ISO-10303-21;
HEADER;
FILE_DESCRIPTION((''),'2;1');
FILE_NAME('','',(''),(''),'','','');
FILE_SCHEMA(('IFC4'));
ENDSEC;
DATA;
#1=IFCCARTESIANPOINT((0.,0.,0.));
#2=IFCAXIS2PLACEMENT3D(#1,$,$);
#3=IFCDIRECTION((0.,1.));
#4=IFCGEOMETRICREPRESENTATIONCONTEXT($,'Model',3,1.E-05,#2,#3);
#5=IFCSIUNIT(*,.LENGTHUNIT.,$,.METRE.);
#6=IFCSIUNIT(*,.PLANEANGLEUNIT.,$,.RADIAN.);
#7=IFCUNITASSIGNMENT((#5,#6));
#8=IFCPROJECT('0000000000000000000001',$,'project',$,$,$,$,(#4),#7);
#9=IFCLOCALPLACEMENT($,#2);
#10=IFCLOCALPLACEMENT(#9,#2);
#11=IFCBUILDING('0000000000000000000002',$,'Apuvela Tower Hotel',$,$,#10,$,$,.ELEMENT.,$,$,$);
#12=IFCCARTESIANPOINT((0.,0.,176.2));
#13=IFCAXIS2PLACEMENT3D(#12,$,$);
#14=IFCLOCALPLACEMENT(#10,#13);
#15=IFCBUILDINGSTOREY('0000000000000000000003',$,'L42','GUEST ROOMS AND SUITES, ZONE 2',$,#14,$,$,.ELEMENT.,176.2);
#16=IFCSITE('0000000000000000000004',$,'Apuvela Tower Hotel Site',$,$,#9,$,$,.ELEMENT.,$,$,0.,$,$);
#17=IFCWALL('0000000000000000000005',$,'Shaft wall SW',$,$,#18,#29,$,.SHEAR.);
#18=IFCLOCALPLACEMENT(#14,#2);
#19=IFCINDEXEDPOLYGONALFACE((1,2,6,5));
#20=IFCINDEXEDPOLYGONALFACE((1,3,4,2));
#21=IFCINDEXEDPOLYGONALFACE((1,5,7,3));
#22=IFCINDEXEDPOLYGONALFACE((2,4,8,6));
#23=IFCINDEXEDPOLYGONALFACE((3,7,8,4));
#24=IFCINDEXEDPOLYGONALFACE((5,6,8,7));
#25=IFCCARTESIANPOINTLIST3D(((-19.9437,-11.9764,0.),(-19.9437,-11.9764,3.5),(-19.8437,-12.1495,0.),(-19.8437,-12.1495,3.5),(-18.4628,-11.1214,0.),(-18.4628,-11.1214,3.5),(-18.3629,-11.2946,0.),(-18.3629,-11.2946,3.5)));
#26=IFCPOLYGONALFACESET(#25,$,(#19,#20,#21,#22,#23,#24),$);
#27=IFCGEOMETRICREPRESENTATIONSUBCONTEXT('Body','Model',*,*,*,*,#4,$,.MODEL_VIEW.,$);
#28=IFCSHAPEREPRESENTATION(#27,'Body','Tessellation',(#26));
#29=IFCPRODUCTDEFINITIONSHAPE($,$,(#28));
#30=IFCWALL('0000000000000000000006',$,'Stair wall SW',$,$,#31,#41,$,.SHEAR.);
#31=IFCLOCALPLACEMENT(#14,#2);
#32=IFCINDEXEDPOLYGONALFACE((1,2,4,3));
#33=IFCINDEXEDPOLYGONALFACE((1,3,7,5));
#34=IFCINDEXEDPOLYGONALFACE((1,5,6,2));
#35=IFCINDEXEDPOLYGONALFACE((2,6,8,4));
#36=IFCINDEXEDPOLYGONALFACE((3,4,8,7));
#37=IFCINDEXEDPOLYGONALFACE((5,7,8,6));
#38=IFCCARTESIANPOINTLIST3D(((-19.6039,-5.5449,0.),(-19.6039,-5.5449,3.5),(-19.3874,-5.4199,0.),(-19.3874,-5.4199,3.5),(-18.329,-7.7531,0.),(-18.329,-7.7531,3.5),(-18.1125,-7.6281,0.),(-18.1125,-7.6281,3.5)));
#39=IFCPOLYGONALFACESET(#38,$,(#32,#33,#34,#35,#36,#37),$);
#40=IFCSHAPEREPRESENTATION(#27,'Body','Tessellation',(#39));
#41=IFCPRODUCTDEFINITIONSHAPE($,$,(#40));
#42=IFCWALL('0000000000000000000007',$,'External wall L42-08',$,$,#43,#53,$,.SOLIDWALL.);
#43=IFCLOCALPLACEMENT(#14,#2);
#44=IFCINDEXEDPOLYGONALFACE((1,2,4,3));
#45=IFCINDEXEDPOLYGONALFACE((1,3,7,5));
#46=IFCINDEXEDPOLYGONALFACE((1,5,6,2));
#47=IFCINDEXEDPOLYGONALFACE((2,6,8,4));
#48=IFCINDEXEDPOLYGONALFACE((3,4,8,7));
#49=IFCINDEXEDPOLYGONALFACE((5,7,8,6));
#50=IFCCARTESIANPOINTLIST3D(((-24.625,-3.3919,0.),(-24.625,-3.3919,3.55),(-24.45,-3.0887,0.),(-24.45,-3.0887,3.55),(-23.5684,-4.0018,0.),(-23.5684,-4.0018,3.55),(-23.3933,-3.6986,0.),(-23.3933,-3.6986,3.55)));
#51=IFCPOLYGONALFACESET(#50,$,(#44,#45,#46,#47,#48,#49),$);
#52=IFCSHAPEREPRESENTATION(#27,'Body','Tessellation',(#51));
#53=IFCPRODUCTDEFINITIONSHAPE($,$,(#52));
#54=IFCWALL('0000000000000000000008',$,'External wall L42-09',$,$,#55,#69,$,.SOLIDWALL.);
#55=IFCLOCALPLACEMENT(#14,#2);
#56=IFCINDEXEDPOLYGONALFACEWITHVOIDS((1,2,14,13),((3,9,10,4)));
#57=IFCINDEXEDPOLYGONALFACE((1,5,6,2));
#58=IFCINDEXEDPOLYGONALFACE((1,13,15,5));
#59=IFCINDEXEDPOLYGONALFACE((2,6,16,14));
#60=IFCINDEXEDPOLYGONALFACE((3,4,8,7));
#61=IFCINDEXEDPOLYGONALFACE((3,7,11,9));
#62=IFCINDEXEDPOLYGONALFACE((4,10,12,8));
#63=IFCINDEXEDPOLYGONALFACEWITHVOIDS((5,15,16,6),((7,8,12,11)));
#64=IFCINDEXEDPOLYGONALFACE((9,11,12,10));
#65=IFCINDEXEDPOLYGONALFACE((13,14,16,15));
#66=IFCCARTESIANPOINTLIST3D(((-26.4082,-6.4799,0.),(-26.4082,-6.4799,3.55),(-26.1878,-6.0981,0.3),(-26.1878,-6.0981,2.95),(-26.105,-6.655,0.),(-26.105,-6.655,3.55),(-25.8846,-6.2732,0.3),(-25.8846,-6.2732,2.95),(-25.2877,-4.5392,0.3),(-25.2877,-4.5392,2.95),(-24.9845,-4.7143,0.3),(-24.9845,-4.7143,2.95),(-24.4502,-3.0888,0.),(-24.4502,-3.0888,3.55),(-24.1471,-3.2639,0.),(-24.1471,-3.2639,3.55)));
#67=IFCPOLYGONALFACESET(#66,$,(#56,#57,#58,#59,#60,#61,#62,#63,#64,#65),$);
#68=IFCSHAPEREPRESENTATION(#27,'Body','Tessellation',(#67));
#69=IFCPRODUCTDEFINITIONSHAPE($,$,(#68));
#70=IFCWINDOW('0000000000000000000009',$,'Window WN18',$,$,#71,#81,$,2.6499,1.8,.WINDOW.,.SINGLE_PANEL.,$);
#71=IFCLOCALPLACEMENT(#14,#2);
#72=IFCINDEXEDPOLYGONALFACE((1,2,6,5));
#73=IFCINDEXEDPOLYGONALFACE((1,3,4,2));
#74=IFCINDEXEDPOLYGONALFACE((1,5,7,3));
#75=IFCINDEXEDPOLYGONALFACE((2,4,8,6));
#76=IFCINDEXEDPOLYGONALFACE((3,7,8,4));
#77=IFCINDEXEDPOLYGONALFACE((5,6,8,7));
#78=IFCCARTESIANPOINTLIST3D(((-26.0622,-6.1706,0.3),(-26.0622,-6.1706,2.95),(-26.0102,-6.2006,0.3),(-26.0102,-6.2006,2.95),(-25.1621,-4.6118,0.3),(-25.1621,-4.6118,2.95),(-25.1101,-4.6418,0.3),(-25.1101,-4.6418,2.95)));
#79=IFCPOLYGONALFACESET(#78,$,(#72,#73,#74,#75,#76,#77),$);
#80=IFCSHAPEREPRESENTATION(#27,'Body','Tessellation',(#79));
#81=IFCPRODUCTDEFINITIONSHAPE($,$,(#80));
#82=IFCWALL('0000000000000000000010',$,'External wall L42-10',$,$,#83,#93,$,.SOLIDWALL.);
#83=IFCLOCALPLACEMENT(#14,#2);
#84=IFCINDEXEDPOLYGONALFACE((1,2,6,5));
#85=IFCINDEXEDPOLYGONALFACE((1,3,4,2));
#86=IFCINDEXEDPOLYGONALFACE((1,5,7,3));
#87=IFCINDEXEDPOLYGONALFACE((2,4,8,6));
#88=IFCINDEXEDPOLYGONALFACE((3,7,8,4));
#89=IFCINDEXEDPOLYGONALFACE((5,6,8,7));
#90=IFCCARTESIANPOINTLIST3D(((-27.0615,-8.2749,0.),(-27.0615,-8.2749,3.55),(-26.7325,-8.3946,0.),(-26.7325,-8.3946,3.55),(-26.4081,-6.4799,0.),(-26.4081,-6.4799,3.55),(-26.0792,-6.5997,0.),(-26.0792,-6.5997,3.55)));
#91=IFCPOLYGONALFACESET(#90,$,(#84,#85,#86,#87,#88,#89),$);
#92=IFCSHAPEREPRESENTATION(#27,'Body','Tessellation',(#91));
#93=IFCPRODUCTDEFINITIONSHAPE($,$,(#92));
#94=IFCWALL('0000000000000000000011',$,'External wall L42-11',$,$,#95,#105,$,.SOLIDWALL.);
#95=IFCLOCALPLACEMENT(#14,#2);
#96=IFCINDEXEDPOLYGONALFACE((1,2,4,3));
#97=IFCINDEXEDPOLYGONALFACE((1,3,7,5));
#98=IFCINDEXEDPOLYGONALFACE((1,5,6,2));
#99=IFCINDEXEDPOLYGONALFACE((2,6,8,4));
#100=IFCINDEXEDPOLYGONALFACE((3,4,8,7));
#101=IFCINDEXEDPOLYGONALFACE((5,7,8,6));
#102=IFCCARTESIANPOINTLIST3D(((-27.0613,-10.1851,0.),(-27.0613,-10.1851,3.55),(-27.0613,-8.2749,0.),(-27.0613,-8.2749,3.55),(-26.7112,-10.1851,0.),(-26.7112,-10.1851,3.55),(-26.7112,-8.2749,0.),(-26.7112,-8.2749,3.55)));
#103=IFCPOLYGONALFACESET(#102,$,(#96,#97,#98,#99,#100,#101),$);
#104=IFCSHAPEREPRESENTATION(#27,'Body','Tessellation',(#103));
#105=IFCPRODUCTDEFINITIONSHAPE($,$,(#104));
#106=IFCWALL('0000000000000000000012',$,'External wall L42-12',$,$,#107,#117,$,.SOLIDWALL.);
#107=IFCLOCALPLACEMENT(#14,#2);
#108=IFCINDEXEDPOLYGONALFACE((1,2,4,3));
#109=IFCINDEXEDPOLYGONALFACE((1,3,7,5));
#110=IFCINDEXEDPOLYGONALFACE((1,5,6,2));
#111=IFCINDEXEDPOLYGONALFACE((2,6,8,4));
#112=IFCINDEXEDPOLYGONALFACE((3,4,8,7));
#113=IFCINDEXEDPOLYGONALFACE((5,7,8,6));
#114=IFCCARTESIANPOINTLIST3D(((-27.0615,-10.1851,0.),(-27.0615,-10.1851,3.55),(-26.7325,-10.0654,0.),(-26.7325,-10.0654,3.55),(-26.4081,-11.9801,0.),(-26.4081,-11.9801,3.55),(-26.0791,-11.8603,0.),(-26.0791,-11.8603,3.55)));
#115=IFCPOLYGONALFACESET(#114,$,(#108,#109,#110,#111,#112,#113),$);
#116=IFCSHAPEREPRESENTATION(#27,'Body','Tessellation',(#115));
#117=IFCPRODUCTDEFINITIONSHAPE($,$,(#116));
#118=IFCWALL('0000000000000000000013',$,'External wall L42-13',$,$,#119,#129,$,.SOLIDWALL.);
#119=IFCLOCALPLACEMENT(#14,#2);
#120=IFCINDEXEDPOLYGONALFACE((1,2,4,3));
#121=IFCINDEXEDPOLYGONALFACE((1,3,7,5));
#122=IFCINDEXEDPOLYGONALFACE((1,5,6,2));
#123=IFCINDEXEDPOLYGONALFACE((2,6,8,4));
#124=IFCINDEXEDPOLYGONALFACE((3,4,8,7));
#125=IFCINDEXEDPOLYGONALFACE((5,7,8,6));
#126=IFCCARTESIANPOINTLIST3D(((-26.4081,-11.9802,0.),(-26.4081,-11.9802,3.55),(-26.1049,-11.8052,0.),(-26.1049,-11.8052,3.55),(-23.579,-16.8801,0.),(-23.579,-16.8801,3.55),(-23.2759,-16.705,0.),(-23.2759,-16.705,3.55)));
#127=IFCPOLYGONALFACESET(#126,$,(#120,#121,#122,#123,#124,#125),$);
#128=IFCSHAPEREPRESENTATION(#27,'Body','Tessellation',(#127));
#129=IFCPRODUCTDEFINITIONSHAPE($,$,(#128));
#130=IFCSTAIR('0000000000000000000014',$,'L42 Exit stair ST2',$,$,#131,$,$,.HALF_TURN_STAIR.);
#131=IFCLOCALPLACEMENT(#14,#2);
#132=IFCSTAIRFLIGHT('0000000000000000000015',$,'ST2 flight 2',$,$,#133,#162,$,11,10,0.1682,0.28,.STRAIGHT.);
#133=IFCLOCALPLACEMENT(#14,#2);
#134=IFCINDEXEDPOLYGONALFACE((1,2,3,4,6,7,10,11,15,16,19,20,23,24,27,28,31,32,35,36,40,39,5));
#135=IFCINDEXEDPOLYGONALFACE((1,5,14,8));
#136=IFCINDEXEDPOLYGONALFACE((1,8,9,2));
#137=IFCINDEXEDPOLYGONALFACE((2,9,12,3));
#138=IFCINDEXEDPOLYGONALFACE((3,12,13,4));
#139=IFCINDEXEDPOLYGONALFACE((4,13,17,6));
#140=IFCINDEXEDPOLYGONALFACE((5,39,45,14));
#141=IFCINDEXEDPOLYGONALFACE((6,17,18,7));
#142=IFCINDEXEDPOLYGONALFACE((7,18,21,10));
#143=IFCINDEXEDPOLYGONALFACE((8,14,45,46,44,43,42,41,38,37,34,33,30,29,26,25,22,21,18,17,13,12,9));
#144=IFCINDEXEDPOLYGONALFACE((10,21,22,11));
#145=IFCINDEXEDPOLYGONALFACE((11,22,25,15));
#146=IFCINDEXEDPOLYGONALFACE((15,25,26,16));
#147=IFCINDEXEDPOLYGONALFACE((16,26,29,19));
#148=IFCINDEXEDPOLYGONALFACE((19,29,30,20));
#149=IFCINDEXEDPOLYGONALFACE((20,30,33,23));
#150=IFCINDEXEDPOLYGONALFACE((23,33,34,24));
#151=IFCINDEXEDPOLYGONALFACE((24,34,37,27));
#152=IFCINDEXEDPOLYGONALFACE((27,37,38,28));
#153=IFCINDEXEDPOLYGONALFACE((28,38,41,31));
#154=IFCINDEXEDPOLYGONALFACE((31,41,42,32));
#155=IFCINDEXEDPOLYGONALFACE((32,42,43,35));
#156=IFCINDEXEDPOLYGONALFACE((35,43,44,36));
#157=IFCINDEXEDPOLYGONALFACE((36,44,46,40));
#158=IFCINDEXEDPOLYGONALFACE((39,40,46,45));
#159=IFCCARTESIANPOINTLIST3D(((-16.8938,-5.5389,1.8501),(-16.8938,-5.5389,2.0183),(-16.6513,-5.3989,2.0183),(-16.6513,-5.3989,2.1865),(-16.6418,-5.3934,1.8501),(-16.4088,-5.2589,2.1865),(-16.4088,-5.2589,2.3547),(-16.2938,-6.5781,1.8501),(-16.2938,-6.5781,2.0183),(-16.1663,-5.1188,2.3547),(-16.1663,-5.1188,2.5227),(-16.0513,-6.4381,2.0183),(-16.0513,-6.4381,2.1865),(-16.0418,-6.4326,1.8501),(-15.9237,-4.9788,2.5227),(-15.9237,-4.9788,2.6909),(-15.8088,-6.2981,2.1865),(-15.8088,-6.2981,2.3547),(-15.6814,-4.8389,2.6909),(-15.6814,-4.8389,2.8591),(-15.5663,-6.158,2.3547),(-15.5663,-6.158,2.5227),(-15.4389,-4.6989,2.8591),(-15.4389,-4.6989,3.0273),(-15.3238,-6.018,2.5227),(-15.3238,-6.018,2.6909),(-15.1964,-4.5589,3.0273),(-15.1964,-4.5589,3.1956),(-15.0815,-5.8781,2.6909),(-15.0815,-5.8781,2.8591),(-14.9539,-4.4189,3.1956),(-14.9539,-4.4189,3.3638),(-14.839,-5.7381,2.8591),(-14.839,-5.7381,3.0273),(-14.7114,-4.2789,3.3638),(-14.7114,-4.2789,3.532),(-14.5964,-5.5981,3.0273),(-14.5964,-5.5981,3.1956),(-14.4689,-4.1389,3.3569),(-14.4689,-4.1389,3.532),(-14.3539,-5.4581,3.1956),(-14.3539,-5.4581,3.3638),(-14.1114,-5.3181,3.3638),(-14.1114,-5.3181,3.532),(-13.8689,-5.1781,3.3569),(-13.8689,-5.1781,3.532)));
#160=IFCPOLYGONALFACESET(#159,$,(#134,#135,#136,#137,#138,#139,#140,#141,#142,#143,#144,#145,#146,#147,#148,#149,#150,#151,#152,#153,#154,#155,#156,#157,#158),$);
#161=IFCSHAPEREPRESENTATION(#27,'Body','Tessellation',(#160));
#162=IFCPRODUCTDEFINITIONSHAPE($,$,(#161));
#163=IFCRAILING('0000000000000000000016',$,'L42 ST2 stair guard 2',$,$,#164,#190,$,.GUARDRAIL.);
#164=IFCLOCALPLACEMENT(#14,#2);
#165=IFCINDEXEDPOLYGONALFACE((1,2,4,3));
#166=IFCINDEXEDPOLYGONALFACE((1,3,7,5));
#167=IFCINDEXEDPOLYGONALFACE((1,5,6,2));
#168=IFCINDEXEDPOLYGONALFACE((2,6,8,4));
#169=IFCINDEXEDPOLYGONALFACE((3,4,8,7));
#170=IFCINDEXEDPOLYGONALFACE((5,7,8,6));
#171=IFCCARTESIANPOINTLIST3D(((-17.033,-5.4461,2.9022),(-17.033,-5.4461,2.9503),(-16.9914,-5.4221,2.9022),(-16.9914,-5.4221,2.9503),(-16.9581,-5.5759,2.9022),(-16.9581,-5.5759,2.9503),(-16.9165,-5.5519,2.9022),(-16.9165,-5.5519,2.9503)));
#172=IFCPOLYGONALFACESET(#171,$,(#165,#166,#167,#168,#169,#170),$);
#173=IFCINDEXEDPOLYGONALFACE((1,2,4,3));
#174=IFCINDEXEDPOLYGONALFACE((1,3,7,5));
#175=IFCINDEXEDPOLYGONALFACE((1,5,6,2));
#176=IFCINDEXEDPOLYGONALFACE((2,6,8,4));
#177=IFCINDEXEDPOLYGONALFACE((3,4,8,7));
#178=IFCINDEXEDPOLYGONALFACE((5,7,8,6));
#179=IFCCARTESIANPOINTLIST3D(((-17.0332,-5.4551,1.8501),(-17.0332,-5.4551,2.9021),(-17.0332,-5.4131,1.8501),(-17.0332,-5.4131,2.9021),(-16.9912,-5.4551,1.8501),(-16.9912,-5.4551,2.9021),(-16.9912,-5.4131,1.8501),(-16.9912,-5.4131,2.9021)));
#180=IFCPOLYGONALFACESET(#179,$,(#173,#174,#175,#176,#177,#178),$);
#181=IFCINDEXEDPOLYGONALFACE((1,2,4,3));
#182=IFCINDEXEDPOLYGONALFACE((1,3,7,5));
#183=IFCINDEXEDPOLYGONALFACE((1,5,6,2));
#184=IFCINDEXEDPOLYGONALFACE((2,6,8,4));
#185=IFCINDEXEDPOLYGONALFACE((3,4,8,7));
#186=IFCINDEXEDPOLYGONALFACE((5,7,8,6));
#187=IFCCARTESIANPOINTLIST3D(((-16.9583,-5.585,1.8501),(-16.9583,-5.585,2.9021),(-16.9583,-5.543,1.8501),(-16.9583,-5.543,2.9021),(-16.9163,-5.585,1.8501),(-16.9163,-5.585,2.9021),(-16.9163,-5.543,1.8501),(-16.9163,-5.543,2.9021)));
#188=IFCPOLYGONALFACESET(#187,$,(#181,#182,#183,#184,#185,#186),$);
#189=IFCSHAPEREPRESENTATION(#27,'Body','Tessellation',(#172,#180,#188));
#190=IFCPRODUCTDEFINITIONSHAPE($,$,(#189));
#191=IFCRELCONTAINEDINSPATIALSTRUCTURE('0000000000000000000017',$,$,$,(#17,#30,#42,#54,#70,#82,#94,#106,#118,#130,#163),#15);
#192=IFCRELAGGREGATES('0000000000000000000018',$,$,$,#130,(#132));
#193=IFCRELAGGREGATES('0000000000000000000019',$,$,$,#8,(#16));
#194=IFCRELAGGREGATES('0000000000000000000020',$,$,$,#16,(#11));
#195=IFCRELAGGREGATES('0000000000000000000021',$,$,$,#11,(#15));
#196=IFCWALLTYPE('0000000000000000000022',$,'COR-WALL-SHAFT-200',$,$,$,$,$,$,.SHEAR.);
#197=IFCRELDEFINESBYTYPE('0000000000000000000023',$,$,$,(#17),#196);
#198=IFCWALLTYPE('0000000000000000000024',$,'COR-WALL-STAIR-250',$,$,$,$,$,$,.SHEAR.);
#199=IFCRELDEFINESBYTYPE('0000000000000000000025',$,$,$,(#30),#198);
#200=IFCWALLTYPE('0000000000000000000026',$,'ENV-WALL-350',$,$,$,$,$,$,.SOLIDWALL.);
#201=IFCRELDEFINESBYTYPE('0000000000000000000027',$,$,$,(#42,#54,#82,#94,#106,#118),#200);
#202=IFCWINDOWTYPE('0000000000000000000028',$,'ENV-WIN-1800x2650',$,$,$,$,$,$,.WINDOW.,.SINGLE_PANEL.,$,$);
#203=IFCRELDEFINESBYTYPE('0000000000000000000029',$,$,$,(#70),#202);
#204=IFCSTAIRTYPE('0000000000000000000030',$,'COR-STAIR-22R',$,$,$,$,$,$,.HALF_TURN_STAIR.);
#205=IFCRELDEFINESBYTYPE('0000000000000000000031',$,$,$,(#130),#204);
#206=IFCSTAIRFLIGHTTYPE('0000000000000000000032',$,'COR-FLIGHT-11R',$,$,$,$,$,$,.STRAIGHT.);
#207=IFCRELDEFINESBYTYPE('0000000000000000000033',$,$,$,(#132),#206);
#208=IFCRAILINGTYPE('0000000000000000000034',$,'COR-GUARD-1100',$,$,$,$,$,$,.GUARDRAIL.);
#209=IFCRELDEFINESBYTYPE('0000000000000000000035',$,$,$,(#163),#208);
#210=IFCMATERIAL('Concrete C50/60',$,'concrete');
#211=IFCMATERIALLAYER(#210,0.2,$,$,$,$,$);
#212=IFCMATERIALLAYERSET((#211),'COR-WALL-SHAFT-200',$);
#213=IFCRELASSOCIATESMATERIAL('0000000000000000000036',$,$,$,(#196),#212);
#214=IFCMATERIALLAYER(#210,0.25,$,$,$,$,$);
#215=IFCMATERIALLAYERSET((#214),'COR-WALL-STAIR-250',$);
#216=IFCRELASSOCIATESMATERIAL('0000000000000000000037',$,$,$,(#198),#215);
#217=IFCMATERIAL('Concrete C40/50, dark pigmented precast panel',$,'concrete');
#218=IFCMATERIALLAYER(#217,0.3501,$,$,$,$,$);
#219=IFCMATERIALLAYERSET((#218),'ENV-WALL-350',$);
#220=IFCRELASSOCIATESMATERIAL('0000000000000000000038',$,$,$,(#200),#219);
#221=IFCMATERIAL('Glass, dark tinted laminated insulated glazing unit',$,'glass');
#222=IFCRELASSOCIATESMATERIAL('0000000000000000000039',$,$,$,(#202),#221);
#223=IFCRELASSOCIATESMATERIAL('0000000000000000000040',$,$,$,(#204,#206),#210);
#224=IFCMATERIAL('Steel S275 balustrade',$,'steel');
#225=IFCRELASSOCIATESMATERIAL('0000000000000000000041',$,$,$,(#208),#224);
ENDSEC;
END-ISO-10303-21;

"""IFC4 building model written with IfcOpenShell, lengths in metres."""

from ifc_helpers import new_model, si_unit, direction, frame, frame_2d, origin, origin_2d, place, context, subcontext, project, spatial, polyline, rectangle, outline, extrude, material, layer, layer_set, type_object, element, fill, aggregate, save


model = new_model("IFC4")

# Units and contexts
model_context = context("Model", 3, precision=1e-05, world=origin(), true_north=direction((0.0, 1.0)))
body_context = subcontext(model_context, "Body", "Model", "MODEL_VIEW")
ifc_project = project(units=[si_unit("LENGTHUNIT", "METRE"), si_unit("PLANEANGLEUNIT", "RADIAN")], contexts=[model_context])

# Site, building, storey
site_placement = place(None, origin())
site = spatial("IfcSite", under=ifc_project, at=site_placement, Name="Apuvela Tower Hotel Site", CompositionType="ELEMENT", RefElevation=0.0)
building_placement = place(site_placement, origin())
building = spatial("IfcBuilding", under=site, at=building_placement, Name="Apuvela Tower Hotel", CompositionType="ELEMENT")
storey_placement = place(building_placement, frame((0.0, 0.0, 176.2)))
storey = spatial("IfcBuildingStorey", under=building, at=storey_placement, Name="L42", Description="GUEST ROOMS AND SUITES, ZONE 2", CompositionType="ELEMENT", Elevation=176.2)

# Walls
ifc_material_1 = material(Name="Concrete C50/60", Category="concrete")
ifc_layer_1 = layer(ifc_material_1, 0.2)
ifc_layer_set_1 = layer_set([ifc_layer_1], Name="COR-WALL-SHAFT-200")
wall_type_1 = type_object("IfcWallType", Name="COR-WALL-SHAFT-200", PredefinedType="SHEAR", material=ifc_layer_set_1)
wall_1_placement = place(storey_placement, frame((-18.4128, -11.208, 0.0), z_axis=(0.0, 0.0, 1.0), x_axis=(-0.866038, -0.499978, 0.0)))
element("IfcWall", 1, at=wall_1_placement, inside=storey, type_object=wall_type_1, Name="Shaft wall SW", PredefinedType="SHEAR", context=body_context, shape_type="SweptSolid", body=[
    extrude(rectangle(XDim=1.71, YDim=0.2, at=frame_2d((0.855, 0.0))), origin(), (0.0, 0.0, 1.0), 3.5),
])
ifc_layer_2 = layer(ifc_material_1, 0.25)
ifc_layer_set_2 = layer_set([ifc_layer_2], Name="COR-WALL-STAIR-250")
wall_type_2 = type_object("IfcWallType", Name="COR-WALL-STAIR-250", PredefinedType="SHEAR", material=ifc_layer_set_2)
wall_2_placement = place(storey_placement, frame((-19.4956, -5.4824, 0.0), z_axis=(0.0, 0.0, 1.0), x_axis=(0.49999, -0.866031, 0.0)))
element("IfcWall", 2, at=wall_2_placement, inside=storey, type_object=wall_type_2, Name="Stair wall SW", PredefinedType="SHEAR", context=body_context, shape_type="SweptSolid", body=[
    extrude(rectangle(XDim=2.5498, YDim=0.25, at=frame_2d((1.2749, 0.0))), origin(), (0.0, 0.0, 1.0), 3.5),
])
ifc_material_2 = material(Name="Concrete C40/50, dark pigmented precast panel", Category="concrete")
ifc_layer_3 = layer(ifc_material_2, 0.3501)
ifc_layer_set_3 = layer_set([ifc_layer_3], Name="ENV-WALL-350")
wall_type_3 = type_object("IfcWallType", Name="ENV-WALL-350", PredefinedType="SOLIDWALL", material=ifc_layer_set_3)
wall_3_placement = place(storey_placement, frame((-23.481, -3.8501, 0.0), z_axis=(0.0, 0.0, 1.0), x_axis=(-0.866092, 0.499884, 0.0)))
element("IfcWall", 3, at=wall_3_placement, inside=storey, type_object=wall_type_3, Name="External wall L42-08", PredefinedType="SOLIDWALL", context=body_context, shape_type="SweptSolid", body=[
    extrude(rectangle(XDim=1.22, YDim=0.3501, at=frame_2d((0.6099, 0.0))), origin(), (0.0, 0.0, 1.0), 3.55),
])

# Wall, opening, window
wall_4_placement = place(storey_placement, frame((-24.2986, -3.1763, 0.0), z_axis=(0.0, 0.0, 1.0), x_axis=(-0.500028, -0.866009, 0.0)))
wall_4 = element("IfcWall", 4, at=wall_4_placement, inside=storey, type_object=wall_type_3, Name="External wall L42-09", PredefinedType="SOLIDWALL", context=body_context, shape_type="SweptSolid", body=[
    extrude(rectangle(XDim=3.9158, YDim=0.3501, at=frame_2d((1.958, 0.0))), origin(), (0.0, 0.0, 1.0), 3.55),
])
opening_1_placement = place(wall_4_placement, frame((1.675, 0.0, 0.3)))
opening_1 = element("IfcOpeningElement", 5, at=opening_1_placement, cuts=wall_4, PredefinedType="OPENING", context=body_context, shape_type="SweptSolid", body=[
    extrude(rectangle(XDim=1.8, YDim=2.6499, at=frame_2d((0.8999, 1.325))), frame((0.0, 0.1851, 0.0), z_axis=(0.0, -1.0, 0.0), x_axis=(1.0, 0.0, 0.0)), (0.0, 0.0, 1.0), 0.3701),
])
ifc_material_3 = material(Name="Glass, dark tinted laminated insulated glazing unit", Category="glass")
window_type = type_object("IfcWindowType", Name="ENV-WIN-1800x2650", PartitioningType="SINGLE_PANEL", PredefinedType="WINDOW", material=ifc_material_3)
window_placement = place(opening_1_placement, origin())
window = element("IfcWindow", 6, at=window_placement, inside=storey, type_object=window_type, Name="Window WN18", OverallHeight=2.6499, OverallWidth=1.8, PartitioningType="SINGLE_PANEL", PredefinedType="WINDOW", context=body_context, shape_type="SweptSolid", body=[
    extrude(rectangle(XDim=1.8, YDim=2.6499, at=frame_2d((0.8999, 1.325))), frame((0.0, 0.03, 0.0), z_axis=(0.0, -1.0, 0.0), x_axis=(1.0, 0.0, 0.0)), (0.0, 0.0, 1.0), 0.0601),
])
fill(opening_1, window)

# Walls
for number, where, z_axis, x_axis, name in (
    (7, (-26.2437, -6.5398, 0.0), (0.0, 0.0, 1.0), (-0.34203, -0.939689, 0.0), "External wall L42-10"),
    (8, (-26.8862, -8.2749, 0.0), (0.0, 0.0, 1.0), (0.0, -1.0, 0.0), "External wall L42-11"),
    (9, (-26.897, -10.1252, 0.0), (0.0, 0.0, 1.0), (0.34203, -0.939689, 0.0), "External wall L42-12"),
):
    element("IfcWall", number, at=place(storey_placement, frame(where, z_axis=z_axis, x_axis=x_axis)), inside=storey, type_object=wall_type_3, Name=name, PredefinedType="SOLIDWALL", context=body_context, shape_type="SweptSolid", body=[
        extrude(rectangle(XDim=1.9102, YDim=0.3501, at=frame_2d((0.9551, 0.0))), origin(), (0.0, 0.0, 1.0), 3.55),
    ])
wall_5_placement = place(storey_placement, frame((-26.2566, -11.8926, 0.0), z_axis=(0.0, 0.0, 1.0), x_axis=(0.500019, -0.866015, 0.0)))
element("IfcWall", 10, at=wall_5_placement, inside=storey, type_object=wall_type_3, Name="External wall L42-13", PredefinedType="SOLIDWALL", context=body_context, shape_type="SweptSolid", body=[
    extrude(rectangle(XDim=5.658, YDim=0.3501, at=frame_2d((2.8291, 0.0))), origin(), (0.0, 0.0, 1.0), 3.55),
])

# Stair, stair flight
stair_type = type_object("IfcStairType", Name="COR-STAIR-22R", PredefinedType="HALF_TURN_STAIR", material=ifc_material_1)
stair_placement = place(storey_placement, origin())
stair = element("IfcStair", 11, at=stair_placement, inside=storey, type_object=stair_type, Name="L42 Exit stair ST2", PredefinedType="HALF_TURN_STAIR")
stair_flight_type = type_object("IfcStairFlightType", Name="COR-FLIGHT-11R", PredefinedType="STRAIGHT", material=ifc_material_1)
stair_flight_placement = place(storey_placement, frame((-16.5938, -6.0586, 1.8501), z_axis=(0.0, 0.0, 1.0), x_axis=(0.866025, 0.5, 0.0)))
stair_flight = element("IfcStairFlight", 12, at=stair_flight_placement, type_object=stair_flight_type, Name="ST2 flight 2", NumberOfRisers=11, NumberOfTreads=10, PredefinedType="STRAIGHT", RiserHeight=0.1682, TreadLength=0.28, context=body_context, shape_type="SweptSolid", body=[
    extrude(outline(polyline([(0.0, 0.0), (0.0, 0.1682), (0.28, 0.1682), (0.28, 0.3364), (0.5601, 0.3364), (0.5601, 0.5046), (0.8401, 0.5046), (0.8401, 0.6726), (1.1201, 0.6726), (1.1201, 0.8408), (1.3999, 0.8408), (1.3999, 1.009), (1.6799, 1.009), (1.6799, 1.1772), (1.96, 1.1772), (1.96, 1.3455), (2.24, 1.3455), (2.24, 1.5137), (2.52, 1.5137), (2.52, 1.6819), (2.8, 1.6819), (2.8, 1.8501), (2.8, 1.5068), (0.291, 0.0), (0.0, 0.0)])), frame((0.0, 0.6001, 0.0), z_axis=(0.0, -1.0, 0.0), x_axis=(1.0, 0.0, 0.0)), (0.0, 0.0, 1.0), 1.2),
])
aggregate(stair, [stair_flight])

# Railing
ifc_material_4 = material(Name="Steel S275 balustrade", Category="steel")
railing_type_1 = type_object("IfcRailingType", Name="COR-GUARD-1100", PredefinedType="GUARDRAIL", material=ifc_material_4)
railing_1_placement = place(storey_placement, frame((-17.0122, -5.4341, 1.8501)))
element("IfcRailing", 13, at=railing_1_placement, inside=storey, type_object=railing_type_1, Name="L42 ST2 stair guard 2", PredefinedType="GUARDRAIL", context=body_context, shape_type="SweptSolid", body=[
    extrude(rectangle(XDim=0.0481, YDim=0.0481, at=origin_2d()), frame((0.0, 0.0, 1.0762), z_axis=(0.499816, -0.866131, 0.0), x_axis=(0.866131, 0.499816, 0.0)), (0.0, 0.0, 1.0), 0.1499),
    extrude(rectangle(XDim=0.042, YDim=0.042, at=origin_2d()), origin(), (0.0, 0.0, 1.0), 1.052),
    extrude(rectangle(XDim=0.042, YDim=0.042, at=origin_2d()), frame((0.075, -0.1299, 0.0)), (0.0, 0.0, 1.0), 1.052),
])

save(model, "model.ifc")
